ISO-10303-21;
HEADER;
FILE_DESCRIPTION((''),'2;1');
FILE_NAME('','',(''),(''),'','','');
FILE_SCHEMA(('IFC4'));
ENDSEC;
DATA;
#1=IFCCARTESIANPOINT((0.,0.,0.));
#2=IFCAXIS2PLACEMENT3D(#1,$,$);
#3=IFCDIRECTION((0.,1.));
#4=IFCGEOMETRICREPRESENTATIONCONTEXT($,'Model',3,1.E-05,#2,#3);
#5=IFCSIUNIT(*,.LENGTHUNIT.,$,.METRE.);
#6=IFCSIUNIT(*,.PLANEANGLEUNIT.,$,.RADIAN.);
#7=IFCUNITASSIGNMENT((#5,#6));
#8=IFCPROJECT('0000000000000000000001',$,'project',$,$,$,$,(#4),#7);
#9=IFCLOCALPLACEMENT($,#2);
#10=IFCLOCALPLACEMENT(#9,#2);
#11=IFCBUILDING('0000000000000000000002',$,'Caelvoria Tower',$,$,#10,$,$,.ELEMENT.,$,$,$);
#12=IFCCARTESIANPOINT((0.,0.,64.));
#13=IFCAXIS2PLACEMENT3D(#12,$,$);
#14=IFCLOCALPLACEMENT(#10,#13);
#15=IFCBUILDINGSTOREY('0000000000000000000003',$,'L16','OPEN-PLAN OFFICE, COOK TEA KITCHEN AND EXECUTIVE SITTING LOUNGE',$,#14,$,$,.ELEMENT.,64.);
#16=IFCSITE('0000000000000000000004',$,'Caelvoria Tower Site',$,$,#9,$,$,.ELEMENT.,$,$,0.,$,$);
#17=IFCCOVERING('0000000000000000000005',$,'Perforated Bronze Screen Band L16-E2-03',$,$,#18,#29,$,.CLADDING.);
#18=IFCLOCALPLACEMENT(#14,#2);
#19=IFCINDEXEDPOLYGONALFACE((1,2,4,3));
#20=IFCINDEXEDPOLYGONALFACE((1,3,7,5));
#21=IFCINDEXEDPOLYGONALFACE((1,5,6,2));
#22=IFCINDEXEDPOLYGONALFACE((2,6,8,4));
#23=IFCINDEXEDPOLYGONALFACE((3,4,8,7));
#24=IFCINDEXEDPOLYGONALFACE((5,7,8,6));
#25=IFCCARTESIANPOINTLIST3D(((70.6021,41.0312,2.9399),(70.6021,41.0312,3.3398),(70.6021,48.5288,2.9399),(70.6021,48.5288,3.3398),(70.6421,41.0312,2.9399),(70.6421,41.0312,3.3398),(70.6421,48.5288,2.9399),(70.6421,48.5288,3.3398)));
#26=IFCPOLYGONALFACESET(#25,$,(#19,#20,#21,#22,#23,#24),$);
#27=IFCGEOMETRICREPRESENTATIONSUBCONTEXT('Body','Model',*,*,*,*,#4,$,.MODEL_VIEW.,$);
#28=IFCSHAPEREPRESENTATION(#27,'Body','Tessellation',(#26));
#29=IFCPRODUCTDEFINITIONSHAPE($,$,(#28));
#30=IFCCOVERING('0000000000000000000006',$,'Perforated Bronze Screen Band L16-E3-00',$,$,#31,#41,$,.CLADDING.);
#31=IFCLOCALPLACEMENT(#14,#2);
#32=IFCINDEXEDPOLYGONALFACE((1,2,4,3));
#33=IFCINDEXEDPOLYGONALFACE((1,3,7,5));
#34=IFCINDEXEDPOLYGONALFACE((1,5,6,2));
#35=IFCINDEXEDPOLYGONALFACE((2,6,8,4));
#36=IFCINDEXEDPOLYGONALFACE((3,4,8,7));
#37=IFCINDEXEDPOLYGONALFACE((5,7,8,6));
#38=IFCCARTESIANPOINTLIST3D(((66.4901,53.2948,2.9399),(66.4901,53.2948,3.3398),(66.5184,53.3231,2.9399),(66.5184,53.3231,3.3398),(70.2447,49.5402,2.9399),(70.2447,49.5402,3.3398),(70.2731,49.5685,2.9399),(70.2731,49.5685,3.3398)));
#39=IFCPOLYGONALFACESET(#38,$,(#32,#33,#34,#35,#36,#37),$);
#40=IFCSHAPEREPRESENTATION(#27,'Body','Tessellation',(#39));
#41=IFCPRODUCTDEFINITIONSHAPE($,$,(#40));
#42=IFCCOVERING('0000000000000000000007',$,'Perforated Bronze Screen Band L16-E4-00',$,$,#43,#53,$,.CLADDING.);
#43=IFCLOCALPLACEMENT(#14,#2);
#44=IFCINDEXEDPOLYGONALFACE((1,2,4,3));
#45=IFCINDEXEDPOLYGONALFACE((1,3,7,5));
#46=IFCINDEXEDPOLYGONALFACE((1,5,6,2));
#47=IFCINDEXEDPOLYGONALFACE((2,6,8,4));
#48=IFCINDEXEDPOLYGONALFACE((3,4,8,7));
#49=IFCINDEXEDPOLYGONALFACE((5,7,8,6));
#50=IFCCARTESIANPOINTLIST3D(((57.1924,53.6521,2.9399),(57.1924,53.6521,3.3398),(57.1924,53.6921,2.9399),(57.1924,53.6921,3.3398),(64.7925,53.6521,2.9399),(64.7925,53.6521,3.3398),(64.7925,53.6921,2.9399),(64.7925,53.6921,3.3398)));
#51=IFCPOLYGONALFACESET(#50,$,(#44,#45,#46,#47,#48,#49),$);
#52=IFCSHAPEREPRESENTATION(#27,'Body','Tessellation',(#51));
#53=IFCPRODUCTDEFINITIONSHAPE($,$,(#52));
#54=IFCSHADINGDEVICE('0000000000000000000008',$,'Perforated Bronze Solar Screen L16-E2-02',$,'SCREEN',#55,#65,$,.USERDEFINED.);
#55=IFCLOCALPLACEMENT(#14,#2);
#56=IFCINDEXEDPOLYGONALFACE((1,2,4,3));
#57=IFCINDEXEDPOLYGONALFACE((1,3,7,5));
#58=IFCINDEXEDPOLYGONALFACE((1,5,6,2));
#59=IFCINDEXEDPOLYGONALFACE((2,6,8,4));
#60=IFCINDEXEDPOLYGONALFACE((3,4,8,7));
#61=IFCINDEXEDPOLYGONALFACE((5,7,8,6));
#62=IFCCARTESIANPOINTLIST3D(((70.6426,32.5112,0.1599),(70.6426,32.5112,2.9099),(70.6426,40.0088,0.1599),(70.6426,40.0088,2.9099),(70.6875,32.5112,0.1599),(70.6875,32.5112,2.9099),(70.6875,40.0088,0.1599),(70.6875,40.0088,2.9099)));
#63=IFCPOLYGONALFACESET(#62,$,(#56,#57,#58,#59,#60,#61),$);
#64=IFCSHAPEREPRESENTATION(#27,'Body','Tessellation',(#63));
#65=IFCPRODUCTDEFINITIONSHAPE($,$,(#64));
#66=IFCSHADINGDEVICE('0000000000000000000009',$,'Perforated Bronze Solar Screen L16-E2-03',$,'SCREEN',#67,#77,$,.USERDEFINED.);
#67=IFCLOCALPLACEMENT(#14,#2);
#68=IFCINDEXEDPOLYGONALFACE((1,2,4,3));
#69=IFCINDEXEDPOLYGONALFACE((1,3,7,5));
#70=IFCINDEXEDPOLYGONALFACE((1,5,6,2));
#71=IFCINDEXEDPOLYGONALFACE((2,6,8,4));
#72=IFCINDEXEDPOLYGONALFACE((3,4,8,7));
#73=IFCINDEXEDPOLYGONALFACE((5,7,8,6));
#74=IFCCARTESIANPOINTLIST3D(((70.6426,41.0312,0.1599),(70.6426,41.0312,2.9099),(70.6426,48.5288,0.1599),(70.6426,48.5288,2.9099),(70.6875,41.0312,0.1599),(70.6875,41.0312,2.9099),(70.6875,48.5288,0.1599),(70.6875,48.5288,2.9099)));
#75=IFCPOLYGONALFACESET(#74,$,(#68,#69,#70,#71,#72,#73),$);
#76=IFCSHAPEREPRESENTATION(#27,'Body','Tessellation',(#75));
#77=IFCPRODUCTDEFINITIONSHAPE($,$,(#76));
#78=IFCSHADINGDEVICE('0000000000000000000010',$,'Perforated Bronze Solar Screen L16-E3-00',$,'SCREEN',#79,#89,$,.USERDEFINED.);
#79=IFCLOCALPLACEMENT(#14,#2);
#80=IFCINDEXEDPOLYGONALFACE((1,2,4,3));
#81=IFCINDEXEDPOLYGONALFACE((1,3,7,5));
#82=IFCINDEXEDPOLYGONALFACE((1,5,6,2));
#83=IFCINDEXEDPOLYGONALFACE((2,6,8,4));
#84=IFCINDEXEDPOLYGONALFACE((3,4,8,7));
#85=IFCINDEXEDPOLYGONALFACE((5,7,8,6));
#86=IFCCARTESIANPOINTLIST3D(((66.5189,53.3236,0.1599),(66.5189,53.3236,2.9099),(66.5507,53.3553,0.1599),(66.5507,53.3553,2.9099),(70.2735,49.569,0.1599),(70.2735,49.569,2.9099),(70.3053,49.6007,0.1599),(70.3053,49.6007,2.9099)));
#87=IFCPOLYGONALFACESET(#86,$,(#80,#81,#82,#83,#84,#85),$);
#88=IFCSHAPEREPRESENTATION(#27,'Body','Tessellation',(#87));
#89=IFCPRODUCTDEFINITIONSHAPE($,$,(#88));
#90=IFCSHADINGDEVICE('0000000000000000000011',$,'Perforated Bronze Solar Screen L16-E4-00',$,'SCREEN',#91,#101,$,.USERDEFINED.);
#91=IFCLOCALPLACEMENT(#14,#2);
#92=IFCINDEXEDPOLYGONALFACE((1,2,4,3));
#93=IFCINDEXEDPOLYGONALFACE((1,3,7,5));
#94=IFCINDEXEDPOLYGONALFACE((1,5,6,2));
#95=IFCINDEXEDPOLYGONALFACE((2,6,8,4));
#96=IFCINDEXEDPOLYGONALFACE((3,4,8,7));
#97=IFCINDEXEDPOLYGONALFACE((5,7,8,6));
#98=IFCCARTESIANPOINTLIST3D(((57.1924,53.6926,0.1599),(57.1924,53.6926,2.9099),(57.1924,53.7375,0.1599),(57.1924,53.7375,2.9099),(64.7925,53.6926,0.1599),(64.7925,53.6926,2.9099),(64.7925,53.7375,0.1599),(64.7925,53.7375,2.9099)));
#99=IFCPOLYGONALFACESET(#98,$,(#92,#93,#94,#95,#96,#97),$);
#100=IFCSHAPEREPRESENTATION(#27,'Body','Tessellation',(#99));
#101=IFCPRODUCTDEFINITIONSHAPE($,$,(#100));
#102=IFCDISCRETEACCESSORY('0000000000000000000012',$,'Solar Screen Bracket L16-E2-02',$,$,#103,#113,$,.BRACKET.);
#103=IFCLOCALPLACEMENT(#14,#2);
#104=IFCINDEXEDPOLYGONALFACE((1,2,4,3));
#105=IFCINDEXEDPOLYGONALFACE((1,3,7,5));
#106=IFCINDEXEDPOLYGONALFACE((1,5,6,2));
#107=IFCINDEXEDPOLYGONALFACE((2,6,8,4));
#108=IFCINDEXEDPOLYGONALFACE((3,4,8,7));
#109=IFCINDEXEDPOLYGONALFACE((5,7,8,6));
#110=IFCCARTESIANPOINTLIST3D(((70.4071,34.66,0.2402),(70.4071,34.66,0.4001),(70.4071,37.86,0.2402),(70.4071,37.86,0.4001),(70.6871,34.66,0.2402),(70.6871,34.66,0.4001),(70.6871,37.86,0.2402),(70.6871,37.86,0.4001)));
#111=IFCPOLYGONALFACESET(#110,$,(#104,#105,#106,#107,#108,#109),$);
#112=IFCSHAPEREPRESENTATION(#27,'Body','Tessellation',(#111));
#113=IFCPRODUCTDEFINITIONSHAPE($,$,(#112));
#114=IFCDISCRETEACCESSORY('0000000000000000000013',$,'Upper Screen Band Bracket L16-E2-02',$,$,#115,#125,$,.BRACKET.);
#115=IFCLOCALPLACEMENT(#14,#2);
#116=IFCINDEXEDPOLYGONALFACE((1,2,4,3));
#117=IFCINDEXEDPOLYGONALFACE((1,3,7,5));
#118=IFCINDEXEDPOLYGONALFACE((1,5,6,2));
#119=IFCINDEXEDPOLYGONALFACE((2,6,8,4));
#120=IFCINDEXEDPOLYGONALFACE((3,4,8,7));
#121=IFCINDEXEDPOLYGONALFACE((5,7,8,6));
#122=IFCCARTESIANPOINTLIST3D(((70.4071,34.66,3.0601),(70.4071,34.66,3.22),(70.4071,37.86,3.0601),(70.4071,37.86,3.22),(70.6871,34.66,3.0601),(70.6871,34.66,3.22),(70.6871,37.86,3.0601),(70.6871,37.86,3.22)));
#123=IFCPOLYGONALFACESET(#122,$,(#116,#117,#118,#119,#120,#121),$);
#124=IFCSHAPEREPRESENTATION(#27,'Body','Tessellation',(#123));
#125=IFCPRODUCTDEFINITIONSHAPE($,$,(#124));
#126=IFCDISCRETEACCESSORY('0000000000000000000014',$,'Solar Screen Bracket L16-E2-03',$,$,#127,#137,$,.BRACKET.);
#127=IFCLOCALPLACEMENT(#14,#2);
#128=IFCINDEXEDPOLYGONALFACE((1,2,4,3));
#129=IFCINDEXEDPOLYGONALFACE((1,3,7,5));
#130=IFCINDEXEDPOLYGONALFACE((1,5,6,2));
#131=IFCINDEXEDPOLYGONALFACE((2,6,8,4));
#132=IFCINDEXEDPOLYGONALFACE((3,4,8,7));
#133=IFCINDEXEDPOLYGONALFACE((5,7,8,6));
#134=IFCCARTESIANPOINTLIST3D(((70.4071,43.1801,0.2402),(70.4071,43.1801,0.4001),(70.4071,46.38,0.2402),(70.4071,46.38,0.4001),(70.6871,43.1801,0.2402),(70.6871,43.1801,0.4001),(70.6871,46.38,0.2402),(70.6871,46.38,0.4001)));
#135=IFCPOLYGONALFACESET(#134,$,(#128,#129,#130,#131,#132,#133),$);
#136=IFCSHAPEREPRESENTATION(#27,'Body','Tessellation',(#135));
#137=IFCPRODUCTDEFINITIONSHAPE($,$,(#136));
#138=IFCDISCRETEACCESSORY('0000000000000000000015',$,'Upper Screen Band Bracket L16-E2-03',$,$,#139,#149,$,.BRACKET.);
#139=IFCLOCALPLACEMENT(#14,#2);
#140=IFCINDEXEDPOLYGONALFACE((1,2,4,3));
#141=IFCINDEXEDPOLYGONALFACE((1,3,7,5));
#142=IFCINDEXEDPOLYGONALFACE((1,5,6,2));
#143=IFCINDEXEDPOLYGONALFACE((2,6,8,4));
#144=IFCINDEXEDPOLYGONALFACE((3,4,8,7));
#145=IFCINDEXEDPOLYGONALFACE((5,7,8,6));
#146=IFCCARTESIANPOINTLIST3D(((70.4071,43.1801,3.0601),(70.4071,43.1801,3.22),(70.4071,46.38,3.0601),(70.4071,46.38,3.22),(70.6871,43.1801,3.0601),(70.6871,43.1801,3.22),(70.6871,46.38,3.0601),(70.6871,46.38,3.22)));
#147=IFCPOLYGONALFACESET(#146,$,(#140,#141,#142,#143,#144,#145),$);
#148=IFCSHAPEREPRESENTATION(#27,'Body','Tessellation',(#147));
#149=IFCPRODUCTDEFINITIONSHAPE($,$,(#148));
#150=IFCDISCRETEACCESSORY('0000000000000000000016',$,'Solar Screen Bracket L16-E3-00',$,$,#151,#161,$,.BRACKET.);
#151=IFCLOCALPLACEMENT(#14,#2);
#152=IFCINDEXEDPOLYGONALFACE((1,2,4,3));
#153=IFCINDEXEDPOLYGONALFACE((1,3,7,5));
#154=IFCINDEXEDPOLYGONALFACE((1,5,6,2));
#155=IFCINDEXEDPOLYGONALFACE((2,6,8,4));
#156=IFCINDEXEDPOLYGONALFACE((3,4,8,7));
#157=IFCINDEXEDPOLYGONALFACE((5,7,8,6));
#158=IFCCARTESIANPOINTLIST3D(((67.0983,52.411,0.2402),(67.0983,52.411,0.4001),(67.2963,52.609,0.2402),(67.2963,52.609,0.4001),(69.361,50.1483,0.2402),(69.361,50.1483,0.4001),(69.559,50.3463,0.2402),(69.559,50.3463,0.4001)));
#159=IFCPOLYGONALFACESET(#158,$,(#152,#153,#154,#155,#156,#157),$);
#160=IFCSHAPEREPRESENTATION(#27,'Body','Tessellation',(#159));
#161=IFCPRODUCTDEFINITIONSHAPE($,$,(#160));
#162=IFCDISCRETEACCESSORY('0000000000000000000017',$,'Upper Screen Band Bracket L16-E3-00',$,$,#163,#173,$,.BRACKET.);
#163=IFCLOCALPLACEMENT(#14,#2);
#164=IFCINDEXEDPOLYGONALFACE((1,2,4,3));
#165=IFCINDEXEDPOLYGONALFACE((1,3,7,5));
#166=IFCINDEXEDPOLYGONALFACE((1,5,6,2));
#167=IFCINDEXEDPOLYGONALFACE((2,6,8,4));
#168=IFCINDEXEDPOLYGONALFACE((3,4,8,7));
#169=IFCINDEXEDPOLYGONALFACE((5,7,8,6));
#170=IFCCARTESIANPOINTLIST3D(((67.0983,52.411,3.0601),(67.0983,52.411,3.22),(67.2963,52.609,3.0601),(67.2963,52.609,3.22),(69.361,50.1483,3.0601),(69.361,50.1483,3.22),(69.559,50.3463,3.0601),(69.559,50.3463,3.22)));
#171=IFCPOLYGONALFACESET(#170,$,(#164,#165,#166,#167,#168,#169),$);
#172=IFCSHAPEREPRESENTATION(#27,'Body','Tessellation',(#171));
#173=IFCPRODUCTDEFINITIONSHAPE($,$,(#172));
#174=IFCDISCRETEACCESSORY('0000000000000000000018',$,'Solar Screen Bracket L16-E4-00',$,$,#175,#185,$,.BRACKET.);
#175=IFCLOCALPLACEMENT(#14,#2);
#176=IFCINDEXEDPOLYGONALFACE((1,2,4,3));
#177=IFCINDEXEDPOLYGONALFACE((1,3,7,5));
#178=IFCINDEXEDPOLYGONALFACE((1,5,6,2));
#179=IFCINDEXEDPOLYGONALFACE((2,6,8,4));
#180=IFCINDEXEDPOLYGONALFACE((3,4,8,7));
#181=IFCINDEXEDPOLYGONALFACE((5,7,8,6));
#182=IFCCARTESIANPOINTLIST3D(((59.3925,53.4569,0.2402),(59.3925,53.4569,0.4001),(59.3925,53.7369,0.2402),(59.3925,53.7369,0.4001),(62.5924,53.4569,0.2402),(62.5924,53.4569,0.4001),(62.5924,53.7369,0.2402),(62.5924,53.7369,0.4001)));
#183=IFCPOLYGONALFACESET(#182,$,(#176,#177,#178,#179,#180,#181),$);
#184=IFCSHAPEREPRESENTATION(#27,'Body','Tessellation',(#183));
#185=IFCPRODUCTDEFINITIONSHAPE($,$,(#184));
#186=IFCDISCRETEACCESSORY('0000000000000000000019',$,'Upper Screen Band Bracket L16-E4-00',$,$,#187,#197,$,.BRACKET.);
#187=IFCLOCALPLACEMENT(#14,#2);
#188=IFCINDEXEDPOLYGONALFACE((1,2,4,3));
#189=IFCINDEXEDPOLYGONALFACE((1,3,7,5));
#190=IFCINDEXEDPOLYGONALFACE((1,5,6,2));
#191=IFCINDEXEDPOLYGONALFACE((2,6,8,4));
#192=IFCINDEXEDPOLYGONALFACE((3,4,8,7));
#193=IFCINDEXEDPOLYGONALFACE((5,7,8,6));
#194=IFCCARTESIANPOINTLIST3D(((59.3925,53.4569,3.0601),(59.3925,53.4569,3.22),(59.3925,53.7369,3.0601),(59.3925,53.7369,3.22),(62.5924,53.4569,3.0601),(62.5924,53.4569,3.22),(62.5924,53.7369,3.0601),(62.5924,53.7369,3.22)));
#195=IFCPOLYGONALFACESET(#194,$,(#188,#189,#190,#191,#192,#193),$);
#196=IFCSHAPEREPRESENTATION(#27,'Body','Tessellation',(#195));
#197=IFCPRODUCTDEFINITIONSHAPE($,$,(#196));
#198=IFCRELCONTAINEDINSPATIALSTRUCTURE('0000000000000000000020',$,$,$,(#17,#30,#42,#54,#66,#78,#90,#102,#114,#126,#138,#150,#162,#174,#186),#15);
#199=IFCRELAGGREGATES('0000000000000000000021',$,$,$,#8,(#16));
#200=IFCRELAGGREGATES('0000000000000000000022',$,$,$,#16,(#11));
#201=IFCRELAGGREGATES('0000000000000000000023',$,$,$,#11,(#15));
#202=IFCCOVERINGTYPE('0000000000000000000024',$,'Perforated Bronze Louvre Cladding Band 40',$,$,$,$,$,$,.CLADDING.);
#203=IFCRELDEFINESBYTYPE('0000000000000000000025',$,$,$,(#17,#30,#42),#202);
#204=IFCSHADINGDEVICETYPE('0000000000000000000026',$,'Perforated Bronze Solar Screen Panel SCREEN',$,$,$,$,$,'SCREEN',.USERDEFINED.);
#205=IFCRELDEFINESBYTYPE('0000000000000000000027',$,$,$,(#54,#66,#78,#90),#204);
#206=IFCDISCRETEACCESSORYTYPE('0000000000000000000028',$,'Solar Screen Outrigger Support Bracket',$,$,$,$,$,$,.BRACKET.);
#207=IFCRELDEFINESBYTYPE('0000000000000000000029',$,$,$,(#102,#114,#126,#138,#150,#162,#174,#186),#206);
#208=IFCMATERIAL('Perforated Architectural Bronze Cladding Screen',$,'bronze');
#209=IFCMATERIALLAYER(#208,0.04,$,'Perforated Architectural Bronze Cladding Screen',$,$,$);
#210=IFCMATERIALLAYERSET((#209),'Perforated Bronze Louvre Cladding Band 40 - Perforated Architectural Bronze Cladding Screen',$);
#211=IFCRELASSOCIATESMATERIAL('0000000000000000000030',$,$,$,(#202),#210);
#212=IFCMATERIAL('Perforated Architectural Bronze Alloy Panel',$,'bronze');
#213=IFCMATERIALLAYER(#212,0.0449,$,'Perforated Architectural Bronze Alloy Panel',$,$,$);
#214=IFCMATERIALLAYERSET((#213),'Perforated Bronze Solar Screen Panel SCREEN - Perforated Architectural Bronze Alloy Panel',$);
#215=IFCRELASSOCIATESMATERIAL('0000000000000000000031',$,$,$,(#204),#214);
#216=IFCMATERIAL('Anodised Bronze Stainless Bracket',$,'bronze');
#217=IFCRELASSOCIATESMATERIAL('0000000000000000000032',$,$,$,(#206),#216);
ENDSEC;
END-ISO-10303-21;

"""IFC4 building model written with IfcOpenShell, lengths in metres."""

from ifc_helpers import new_model, si_unit, direction, frame, origin, origin_2d, place, context, subcontext, project, spatial, rectangle, extrude, material, layer, layer_set, type_object, element, save


model = new_model("IFC4")

# Units and contexts
model_context = context("Model", 3, precision=1e-05, world=origin(), true_north=direction((0.0, 1.0)))
body_context = subcontext(model_context, "Body", "Model", "MODEL_VIEW")
ifc_project = project(units=[si_unit("LENGTHUNIT", "METRE"), si_unit("PLANEANGLEUNIT", "RADIAN")], contexts=[model_context])

# Site, building, storey
site_placement = place(None, origin())
site = spatial("IfcSite", under=ifc_project, at=site_placement, Name="Caelvoria Tower Site", CompositionType="ELEMENT", RefElevation=0.0)
building_placement = place(site_placement, origin())
building = spatial("IfcBuilding", under=site, at=building_placement, Name="Caelvoria Tower", CompositionType="ELEMENT")
storey_placement = place(building_placement, frame((0.0, 0.0, 64.0)))
storey = spatial("IfcBuildingStorey", under=building, at=storey_placement, Name="L16", Description="OPEN-PLAN OFFICE, COOK TEA KITCHEN AND EXECUTIVE SITTING LOUNGE", CompositionType="ELEMENT", Elevation=64.0)

# Coverings
ifc_material_1 = material(Name="Perforated Architectural Bronze Cladding Screen", Category="bronze")
ifc_layer_1 = layer(ifc_material_1, 0.04, Name="Perforated Architectural Bronze Cladding Screen")
ifc_layer_set_1 = layer_set([ifc_layer_1], Name="Perforated Bronze Louvre Cladding Band 40 - Perforated Architectural Bronze Cladding Screen")
covering_type = type_object("IfcCoveringType", Name="Perforated Bronze Louvre Cladding Band 40", PredefinedType="CLADDING", material=ifc_layer_set_1)
for number, where, z_axis, x_axis, name in (
    (1, (70.6221, 44.78, 2.9399), (0.0, 0.0, 1.0), (0.0, 1.0, 0.0), "Perforated Bronze Screen Band L16-E2-03"),
):
    element("IfcCovering", number, at=place(storey_placement, frame(where, z_axis=z_axis, x_axis=x_axis)), inside=storey, type_object=covering_type, Name=name, PredefinedType="CLADDING", context=body_context, shape_type="SweptSolid", body=[
        extrude(rectangle(XDim=7.4976, YDim=0.04, at=origin_2d()), origin(), (0.0, 0.0, 1.0), 0.3999),
    ])
covering_1_placement = place(storey_placement, frame((68.3816, 51.4316, 2.9399), z_axis=(0.0, 0.0, 1.0), x_axis=(-0.707107, 0.707107, 0.0)))
element("IfcCovering", 2, at=covering_1_placement, inside=storey, type_object=covering_type, Name="Perforated Bronze Screen Band L16-E3-00", PredefinedType="CLADDING", context=body_context, shape_type="SweptSolid", body=[
    extrude(rectangle(XDim=5.3098, YDim=0.04, at=origin_2d()), origin(), (0.0, 0.0, 1.0), 0.3999),
])
covering_2_placement = place(storey_placement, frame((60.9924, 53.6721, 2.9399), z_axis=(0.0, 0.0, 1.0), x_axis=(-1.0, 0.0, 0.0)))
element("IfcCovering", 3, at=covering_2_placement, inside=storey, type_object=covering_type, Name="Perforated Bronze Screen Band L16-E4-00", PredefinedType="CLADDING", context=body_context, shape_type="SweptSolid", body=[
    extrude(rectangle(XDim=7.6001, YDim=0.04, at=origin_2d()), origin(), (0.0, 0.0, 1.0), 0.3999),
])

# Shading devices
ifc_material_2 = material(Name="Perforated Architectural Bronze Alloy Panel", Category="bronze")
ifc_layer_2 = layer(ifc_material_2, 0.0449, Name="Perforated Architectural Bronze Alloy Panel")
ifc_layer_set_2 = layer_set([ifc_layer_2], Name="Perforated Bronze Solar Screen Panel SCREEN - Perforated Architectural Bronze Alloy Panel")
shading_device_type = type_object("IfcShadingDeviceType", Name="Perforated Bronze Solar Screen Panel SCREEN", ElementType="SCREEN", PredefinedType="USERDEFINED", material=ifc_layer_set_2)
for number, where, z_axis, x_axis, name in (
    (4, (70.665, 36.26, 0.1599), (0.0, 0.0, 1.0), (0.0, 1.0, 0.0), "Perforated Bronze Solar Screen L16-E2-02"),
    (5, (70.665, 44.78, 0.1599), (0.0, 0.0, 1.0), (0.0, 1.0, 0.0), "Perforated Bronze Solar Screen L16-E2-03"),
):
    element("IfcShadingDevice", number, at=place(storey_placement, frame(where, z_axis=z_axis, x_axis=x_axis)), inside=storey, type_object=shading_device_type, Name=name, ObjectType="SCREEN", PredefinedType="USERDEFINED", context=body_context, shape_type="SweptSolid", body=[
        extrude(rectangle(XDim=7.4976, YDim=0.0449, at=origin_2d()), origin(), (0.0, 0.0, 1.0), 2.75),
    ])
shading_device_1_placement = place(storey_placement, frame((68.4121, 51.4622, 0.1599), z_axis=(0.0, 0.0, 1.0), x_axis=(-0.707107, 0.707107, 0.0)))
element("IfcShadingDevice", 6, at=shading_device_1_placement, inside=storey, type_object=shading_device_type, Name="Perforated Bronze Solar Screen L16-E3-00", ObjectType="SCREEN", PredefinedType="USERDEFINED", context=body_context, shape_type="SweptSolid", body=[
    extrude(rectangle(XDim=5.3098, YDim=0.0449, at=origin_2d()), origin(), (0.0, 0.0, 1.0), 2.75),
])
shading_device_2_placement = place(storey_placement, frame((60.9924, 53.7151, 0.1599), z_axis=(0.0, 0.0, 1.0), x_axis=(-1.0, 0.0, 0.0)))
element("IfcShadingDevice", 7, at=shading_device_2_placement, inside=storey, type_object=shading_device_type, Name="Perforated Bronze Solar Screen L16-E4-00", ObjectType="SCREEN", PredefinedType="USERDEFINED", context=body_context, shape_type="SweptSolid", body=[
    extrude(rectangle(XDim=7.6001, YDim=0.0449, at=origin_2d()), origin(), (0.0, 0.0, 1.0), 2.75),
])

# Discrete accessories
ifc_material_3 = material(Name="Anodised Bronze Stainless Bracket", Category="bronze")
discrete_accessory_type = type_object("IfcDiscreteAccessoryType", Name="Solar Screen Outrigger Support Bracket", PredefinedType="BRACKET", material=ifc_material_3)
for number, where, z_axis, x_axis, name in (
    (8, (70.5471, 36.26, 0.2402), (0.0, 0.0, 1.0), (0.0, 1.0, 0.0), "Solar Screen Bracket L16-E2-02"),
    (9, (70.5471, 36.26, 3.0601), (0.0, 0.0, 1.0), (0.0, 1.0, 0.0), "Upper Screen Band Bracket L16-E2-02"),
    (10, (70.5471, 44.78, 0.2402), (0.0, 0.0, 1.0), (0.0, 1.0, 0.0), "Solar Screen Bracket L16-E2-03"),
    (11, (70.5471, 44.78, 3.0601), (0.0, 0.0, 1.0), (0.0, 1.0, 0.0), "Upper Screen Band Bracket L16-E2-03"),
    (12, (68.3286, 51.3787, 0.2402), (0.0, 0.0, 1.0), (-0.707107, 0.707107, 0.0), "Solar Screen Bracket L16-E3-00"),
    (13, (68.3286, 51.3787, 3.0601), (0.0, 0.0, 1.0), (-0.707107, 0.707107, 0.0), "Upper Screen Band Bracket L16-E3-00"),
    (14, (60.9924, 53.5969, 0.2402), (0.0, 0.0, 1.0), (-1.0, 0.0, 0.0), "Solar Screen Bracket L16-E4-00"),
    (15, (60.9924, 53.5969, 3.0601), (0.0, 0.0, 1.0), (-1.0, 0.0, 0.0), "Upper Screen Band Bracket L16-E4-00"),
):
    element("IfcDiscreteAccessory", number, at=place(storey_placement, frame(where, z_axis=z_axis, x_axis=x_axis)), inside=storey, type_object=discrete_accessory_type, Name=name, PredefinedType="BRACKET", context=body_context, shape_type="SweptSolid", body=[
        extrude(rectangle(XDim=3.2, YDim=0.28, at=origin_2d()), origin(), (0.0, 0.0, 1.0), 0.1599),
    ])

save(model, "model.ifc")
